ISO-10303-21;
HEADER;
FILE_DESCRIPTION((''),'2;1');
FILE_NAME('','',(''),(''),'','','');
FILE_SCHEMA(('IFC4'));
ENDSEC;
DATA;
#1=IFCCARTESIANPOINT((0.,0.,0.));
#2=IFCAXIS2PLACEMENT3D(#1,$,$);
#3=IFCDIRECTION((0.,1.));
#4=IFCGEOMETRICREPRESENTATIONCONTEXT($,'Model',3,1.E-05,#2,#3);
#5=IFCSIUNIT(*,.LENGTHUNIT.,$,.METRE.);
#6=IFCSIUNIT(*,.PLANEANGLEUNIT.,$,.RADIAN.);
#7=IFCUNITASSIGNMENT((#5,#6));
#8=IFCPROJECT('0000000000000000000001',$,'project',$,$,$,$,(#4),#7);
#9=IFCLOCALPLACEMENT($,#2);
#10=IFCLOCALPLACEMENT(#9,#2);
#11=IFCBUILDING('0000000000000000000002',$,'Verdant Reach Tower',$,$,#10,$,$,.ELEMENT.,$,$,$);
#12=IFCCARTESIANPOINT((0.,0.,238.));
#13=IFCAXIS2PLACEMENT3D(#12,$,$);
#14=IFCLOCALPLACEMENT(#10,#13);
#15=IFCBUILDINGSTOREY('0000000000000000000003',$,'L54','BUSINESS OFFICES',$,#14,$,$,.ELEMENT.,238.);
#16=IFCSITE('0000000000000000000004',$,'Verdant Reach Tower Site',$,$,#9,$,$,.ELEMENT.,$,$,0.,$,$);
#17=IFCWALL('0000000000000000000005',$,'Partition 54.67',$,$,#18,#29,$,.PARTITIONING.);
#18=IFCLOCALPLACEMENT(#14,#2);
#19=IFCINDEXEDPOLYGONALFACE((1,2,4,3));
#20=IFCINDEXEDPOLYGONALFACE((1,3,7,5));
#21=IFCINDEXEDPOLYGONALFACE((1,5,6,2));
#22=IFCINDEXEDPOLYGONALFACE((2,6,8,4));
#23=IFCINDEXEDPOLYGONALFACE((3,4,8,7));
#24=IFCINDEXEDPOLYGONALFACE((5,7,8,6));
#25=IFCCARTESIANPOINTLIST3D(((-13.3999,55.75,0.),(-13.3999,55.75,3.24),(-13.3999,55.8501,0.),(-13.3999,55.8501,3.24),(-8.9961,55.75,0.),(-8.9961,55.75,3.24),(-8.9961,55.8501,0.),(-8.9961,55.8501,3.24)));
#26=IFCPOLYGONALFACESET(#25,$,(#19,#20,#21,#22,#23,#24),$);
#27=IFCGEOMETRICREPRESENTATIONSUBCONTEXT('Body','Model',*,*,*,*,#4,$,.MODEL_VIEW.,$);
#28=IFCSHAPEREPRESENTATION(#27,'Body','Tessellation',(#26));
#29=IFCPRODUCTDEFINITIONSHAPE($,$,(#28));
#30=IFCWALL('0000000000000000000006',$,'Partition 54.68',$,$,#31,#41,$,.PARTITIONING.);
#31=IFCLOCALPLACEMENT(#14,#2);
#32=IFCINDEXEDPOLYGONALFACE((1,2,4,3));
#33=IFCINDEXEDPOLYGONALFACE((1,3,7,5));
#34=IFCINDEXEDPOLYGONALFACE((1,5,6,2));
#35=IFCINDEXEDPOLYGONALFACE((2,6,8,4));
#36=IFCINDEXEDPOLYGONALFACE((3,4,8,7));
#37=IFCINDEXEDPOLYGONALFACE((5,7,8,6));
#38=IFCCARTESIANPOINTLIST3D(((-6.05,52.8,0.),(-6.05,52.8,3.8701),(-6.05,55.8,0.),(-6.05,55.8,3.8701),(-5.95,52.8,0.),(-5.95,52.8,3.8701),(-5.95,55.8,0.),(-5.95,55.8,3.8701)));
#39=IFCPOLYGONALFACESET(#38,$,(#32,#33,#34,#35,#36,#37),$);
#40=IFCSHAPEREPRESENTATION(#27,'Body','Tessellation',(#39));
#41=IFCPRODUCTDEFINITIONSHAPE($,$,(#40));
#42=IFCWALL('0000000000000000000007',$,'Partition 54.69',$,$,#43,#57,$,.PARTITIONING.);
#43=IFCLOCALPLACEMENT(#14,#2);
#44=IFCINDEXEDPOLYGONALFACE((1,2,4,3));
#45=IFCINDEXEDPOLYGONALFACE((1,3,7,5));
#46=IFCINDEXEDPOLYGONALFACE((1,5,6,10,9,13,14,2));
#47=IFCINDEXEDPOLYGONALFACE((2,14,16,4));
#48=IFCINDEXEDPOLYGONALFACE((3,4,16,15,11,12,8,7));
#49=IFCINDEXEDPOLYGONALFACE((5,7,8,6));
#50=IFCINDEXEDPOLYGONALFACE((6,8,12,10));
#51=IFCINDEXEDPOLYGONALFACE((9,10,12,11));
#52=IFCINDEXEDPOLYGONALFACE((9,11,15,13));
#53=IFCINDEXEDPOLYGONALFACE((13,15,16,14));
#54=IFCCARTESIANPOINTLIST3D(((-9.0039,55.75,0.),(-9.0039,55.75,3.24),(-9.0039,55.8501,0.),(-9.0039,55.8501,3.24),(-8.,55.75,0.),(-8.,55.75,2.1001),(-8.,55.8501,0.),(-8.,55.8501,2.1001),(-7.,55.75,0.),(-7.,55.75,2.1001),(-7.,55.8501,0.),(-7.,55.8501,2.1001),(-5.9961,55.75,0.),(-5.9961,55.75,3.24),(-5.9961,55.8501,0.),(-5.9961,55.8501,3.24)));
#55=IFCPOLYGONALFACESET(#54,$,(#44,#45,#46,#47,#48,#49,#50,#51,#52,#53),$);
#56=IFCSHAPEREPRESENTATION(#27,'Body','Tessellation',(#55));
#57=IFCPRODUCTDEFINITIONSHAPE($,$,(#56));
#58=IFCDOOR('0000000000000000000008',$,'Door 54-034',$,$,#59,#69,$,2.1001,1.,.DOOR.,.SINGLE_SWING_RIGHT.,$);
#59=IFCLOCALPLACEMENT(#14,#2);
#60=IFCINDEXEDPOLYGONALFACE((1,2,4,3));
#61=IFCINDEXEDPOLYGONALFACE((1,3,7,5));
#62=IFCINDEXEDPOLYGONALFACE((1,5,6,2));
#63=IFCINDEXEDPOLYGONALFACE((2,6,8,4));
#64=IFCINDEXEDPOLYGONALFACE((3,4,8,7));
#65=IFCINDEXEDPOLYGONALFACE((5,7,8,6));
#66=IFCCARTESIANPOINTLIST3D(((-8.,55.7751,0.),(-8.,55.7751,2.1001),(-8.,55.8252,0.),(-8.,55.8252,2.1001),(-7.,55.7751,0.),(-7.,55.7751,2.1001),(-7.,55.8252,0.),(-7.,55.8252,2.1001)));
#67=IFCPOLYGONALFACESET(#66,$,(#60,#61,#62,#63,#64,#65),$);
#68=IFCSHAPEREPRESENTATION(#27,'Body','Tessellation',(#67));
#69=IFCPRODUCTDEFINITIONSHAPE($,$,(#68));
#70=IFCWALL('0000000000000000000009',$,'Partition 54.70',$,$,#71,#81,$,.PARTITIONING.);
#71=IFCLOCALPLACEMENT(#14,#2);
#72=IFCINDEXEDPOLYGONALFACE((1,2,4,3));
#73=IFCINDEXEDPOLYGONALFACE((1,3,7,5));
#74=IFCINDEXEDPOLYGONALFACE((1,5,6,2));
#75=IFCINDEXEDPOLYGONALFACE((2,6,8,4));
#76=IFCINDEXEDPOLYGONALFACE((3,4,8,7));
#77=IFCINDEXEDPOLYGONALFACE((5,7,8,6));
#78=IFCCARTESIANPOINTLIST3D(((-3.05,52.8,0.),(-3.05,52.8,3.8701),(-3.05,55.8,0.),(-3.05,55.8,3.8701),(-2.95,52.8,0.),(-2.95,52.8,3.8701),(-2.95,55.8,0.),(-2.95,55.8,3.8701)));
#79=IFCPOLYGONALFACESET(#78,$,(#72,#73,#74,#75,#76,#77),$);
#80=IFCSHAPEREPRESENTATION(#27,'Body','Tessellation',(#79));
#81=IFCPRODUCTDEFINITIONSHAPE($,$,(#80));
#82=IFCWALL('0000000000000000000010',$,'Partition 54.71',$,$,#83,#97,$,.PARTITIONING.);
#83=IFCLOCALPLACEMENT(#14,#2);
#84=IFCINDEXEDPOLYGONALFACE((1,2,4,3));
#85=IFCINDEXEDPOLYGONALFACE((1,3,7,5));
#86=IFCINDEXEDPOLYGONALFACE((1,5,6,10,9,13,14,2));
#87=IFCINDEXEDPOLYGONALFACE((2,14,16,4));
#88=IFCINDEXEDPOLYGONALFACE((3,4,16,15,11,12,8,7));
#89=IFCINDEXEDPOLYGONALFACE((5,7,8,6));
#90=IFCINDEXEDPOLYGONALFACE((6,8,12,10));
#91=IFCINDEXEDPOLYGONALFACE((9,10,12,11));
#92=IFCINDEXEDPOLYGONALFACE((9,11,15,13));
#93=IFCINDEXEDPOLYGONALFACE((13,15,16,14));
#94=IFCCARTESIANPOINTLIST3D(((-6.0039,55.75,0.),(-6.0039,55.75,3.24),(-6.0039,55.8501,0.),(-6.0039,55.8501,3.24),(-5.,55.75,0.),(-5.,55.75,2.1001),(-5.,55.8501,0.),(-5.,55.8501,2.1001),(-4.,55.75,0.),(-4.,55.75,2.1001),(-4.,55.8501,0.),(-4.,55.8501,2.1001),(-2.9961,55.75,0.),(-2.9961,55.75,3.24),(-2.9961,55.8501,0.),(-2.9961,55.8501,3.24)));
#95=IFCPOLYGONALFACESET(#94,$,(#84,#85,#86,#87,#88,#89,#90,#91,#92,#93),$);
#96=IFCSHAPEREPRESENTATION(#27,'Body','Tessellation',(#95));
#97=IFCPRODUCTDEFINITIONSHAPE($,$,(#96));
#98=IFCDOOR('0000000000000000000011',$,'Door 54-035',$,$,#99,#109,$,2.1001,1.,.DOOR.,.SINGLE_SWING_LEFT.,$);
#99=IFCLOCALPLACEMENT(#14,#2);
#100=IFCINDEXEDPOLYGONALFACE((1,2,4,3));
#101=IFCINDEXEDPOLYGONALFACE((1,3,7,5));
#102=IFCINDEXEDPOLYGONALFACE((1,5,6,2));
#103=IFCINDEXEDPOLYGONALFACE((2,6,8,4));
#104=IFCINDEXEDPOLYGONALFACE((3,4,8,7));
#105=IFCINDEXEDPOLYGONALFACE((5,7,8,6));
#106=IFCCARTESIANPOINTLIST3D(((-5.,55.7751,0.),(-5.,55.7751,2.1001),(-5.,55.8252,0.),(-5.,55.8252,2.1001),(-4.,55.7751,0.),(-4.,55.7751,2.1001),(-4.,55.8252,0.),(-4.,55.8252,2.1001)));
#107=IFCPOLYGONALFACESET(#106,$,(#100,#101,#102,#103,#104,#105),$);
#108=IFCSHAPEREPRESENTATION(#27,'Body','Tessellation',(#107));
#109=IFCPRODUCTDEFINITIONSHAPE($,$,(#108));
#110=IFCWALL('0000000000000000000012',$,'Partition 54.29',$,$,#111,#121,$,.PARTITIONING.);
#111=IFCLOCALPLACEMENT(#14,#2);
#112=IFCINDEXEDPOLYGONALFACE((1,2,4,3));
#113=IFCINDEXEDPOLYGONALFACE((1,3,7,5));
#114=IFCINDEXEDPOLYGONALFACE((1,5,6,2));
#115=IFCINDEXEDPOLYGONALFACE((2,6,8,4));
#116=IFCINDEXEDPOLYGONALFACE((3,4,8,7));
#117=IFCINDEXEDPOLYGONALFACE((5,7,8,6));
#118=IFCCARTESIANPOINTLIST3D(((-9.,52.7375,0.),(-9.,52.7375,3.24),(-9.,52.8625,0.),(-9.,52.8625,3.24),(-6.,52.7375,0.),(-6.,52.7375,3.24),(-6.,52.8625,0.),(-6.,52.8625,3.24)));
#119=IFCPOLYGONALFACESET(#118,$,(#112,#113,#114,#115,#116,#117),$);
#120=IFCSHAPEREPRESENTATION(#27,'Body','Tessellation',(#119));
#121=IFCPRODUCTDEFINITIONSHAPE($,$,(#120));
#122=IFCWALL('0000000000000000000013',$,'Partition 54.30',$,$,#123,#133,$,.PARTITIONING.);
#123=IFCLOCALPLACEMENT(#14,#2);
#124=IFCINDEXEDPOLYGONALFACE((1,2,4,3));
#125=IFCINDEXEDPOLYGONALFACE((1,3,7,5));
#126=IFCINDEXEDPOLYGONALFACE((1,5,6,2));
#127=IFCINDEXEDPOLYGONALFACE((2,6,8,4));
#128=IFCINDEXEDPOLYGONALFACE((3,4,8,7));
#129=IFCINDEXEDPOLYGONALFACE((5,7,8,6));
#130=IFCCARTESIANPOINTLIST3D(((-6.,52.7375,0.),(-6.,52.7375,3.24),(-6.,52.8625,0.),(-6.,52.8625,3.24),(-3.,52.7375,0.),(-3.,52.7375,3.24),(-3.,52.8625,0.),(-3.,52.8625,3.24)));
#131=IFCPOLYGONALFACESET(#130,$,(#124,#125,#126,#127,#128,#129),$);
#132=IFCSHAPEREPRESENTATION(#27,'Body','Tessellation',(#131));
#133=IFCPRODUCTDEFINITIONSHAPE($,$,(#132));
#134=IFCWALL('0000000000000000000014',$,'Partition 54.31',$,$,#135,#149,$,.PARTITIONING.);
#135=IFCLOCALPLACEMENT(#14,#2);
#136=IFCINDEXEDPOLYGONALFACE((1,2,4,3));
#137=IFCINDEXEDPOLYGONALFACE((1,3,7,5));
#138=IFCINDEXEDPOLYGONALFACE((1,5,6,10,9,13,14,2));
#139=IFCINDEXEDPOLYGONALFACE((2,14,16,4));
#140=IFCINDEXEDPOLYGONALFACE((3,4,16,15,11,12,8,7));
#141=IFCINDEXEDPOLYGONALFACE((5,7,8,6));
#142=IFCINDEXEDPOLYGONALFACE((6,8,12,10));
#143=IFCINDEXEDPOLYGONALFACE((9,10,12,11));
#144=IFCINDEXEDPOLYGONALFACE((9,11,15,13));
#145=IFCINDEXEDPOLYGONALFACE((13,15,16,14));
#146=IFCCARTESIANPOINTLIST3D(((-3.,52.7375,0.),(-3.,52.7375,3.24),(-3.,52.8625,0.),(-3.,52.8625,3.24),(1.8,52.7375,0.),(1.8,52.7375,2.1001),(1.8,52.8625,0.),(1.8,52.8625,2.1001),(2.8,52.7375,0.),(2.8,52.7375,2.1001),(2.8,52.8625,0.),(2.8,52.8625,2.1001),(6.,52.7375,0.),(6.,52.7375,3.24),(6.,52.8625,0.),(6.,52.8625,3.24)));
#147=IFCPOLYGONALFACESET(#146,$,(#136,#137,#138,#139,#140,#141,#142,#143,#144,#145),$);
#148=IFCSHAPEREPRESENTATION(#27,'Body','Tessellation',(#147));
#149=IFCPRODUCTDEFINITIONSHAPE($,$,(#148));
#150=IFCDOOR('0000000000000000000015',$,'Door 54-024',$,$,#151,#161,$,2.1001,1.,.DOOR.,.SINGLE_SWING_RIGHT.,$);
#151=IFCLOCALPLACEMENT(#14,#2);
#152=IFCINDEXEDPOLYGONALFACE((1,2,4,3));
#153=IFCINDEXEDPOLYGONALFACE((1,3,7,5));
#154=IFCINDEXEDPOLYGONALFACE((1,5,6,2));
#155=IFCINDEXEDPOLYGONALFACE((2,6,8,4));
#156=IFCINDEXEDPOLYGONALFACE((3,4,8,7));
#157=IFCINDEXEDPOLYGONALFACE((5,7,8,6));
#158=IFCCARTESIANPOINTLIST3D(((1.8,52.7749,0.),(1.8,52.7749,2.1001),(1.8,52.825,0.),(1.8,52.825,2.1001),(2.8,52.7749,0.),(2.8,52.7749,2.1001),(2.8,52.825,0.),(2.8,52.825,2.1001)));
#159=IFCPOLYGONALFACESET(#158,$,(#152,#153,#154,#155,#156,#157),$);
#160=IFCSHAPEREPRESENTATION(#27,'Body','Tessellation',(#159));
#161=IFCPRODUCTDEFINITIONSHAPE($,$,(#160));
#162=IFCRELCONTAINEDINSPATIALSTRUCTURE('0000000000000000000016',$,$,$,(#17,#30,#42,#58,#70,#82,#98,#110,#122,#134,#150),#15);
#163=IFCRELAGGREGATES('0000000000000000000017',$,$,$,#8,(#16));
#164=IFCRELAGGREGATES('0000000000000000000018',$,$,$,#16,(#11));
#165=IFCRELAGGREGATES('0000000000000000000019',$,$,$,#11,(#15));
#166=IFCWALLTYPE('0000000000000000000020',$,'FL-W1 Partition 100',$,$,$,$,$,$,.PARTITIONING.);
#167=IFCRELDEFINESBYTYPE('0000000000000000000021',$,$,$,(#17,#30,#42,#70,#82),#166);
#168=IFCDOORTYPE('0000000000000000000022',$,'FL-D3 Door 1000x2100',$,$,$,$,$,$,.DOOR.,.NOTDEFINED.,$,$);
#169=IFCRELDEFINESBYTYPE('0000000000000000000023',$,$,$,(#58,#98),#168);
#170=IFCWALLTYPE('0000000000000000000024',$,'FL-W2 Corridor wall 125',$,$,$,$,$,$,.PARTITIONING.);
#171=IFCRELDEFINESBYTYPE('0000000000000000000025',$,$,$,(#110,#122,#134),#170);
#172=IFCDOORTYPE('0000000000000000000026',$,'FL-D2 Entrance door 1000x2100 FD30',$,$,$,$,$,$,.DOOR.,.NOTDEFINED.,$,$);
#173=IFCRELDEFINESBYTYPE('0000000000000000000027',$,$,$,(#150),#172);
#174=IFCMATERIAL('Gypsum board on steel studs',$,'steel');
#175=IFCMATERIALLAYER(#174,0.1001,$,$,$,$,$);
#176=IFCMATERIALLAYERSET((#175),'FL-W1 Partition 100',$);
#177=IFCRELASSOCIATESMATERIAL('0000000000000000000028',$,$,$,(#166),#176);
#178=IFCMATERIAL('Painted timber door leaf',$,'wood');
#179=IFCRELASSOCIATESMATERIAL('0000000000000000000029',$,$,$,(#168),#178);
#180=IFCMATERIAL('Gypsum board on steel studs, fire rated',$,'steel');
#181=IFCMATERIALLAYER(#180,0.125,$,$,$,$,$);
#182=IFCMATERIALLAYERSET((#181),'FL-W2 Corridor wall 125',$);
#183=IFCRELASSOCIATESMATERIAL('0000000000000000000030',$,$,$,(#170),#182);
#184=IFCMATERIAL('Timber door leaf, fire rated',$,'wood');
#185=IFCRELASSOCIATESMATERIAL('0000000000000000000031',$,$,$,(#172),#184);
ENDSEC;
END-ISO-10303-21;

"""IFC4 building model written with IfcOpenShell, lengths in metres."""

from ifc_helpers import new_model, si_unit, direction, frame, frame_2d, origin, place, context, subcontext, project, spatial, rectangle, extrude, material, layer, layer_set, type_object, element, fill, save


model = new_model("IFC4")

# Units and contexts
model_context = context("Model", 3, precision=1e-05, world=origin(), true_north=direction((0.0, 1.0)))
body_context = subcontext(model_context, "Body", "Model", "MODEL_VIEW")
ifc_project = project(units=[si_unit("LENGTHUNIT", "METRE"), si_unit("PLANEANGLEUNIT", "RADIAN")], contexts=[model_context])

# Site, building, storey
site_placement = place(None, origin())
site = spatial("IfcSite", under=ifc_project, at=site_placement, Name="Verdant Reach Tower Site", CompositionType="ELEMENT", RefElevation=0.0)
building_placement = place(site_placement, origin())
building = spatial("IfcBuilding", under=site, at=building_placement, Name="Verdant Reach Tower", CompositionType="ELEMENT")
storey_placement = place(building_placement, frame((0.0, 0.0, 238.0)))
storey = spatial("IfcBuildingStorey", under=building, at=storey_placement, Name="L54", Description="BUSINESS OFFICES", CompositionType="ELEMENT", Elevation=238.0)

# Walls
ifc_material_1 = material(Name="Gypsum board on steel studs", Category="steel")
ifc_layer_1 = layer(ifc_material_1, 0.1001)
ifc_layer_set_1 = layer_set([ifc_layer_1], Name="FL-W1 Partition 100")
wall_type_1 = type_object("IfcWallType", Name="FL-W1 Partition 100", PredefinedType="PARTITIONING", material=ifc_layer_set_1)
wall_1_placement = place(storey_placement, frame((-8.9961, 55.8, 0.0), z_axis=(0.0, 0.0, 1.0), x_axis=(-1.0, 0.0, 0.0)))
element("IfcWall", 1, at=wall_1_placement, inside=storey, type_object=wall_type_1, Name="Partition 54.67", PredefinedType="PARTITIONING", context=body_context, shape_type="SweptSolid", body=[
    extrude(rectangle(XDim=4.4038, YDim=0.1001, at=frame_2d((2.2019, 0.0))), origin(), (0.0, 0.0, 1.0), 3.24),
])
wall_2_placement = place(storey_placement, frame((-6.0, 52.8, 0.0), z_axis=(0.0, 0.0, 1.0), x_axis=(0.0, 1.0, 0.0)))
element("IfcWall", 2, at=wall_2_placement, inside=storey, type_object=wall_type_1, Name="Partition 54.68", PredefinedType="PARTITIONING", context=body_context, shape_type="SweptSolid", body=[
    extrude(rectangle(XDim=3.0, YDim=0.1001, at=frame_2d((1.5, 0.0))), origin(), (0.0, 0.0, 1.0), 3.8701),
])

# Wall, opening, door
wall_3_placement = place(storey_placement, frame((-5.9961, 55.8, 0.0), z_axis=(0.0, 0.0, 1.0), x_axis=(-1.0, 0.0, 0.0)))
wall_3 = element("IfcWall", 3, at=wall_3_placement, inside=storey, type_object=wall_type_1, Name="Partition 54.69", PredefinedType="PARTITIONING", context=body_context, shape_type="SweptSolid", body=[
    extrude(rectangle(XDim=3.0078, YDim=0.1001, at=frame_2d((1.5039, 0.0))), origin(), (0.0, 0.0, 1.0), 3.24),
])
opening_1_placement = place(wall_3_placement, frame((1.0039, 0.0, 0.0)))
opening_1 = element("IfcOpeningElement", 4, at=opening_1_placement, cuts=wall_3, PredefinedType="OPENING", context=body_context, shape_type="SweptSolid", body=[
    extrude(rectangle(XDim=1.0, YDim=2.1001, at=frame_2d((0.5, 1.05))), frame((0.0, 0.0601, 0.0), z_axis=(0.0, -1.0, 0.0), x_axis=(1.0, 0.0, 0.0)), (0.0, 0.0, 1.0), 0.1201),
])
ifc_material_2 = material(Name="Painted timber door leaf", Category="wood")
door_type_1 = type_object("IfcDoorType", Name="FL-D3 Door 1000x2100", OperationType="NOTDEFINED", PredefinedType="DOOR", material=ifc_material_2)
door_1_placement = place(opening_1_placement, origin())
door_1 = element("IfcDoor", 5, at=door_1_placement, inside=storey, type_object=door_type_1, Name="Door 54-034", OperationType="SINGLE_SWING_RIGHT", OverallHeight=2.1001, OverallWidth=1.0, PredefinedType="DOOR", context=body_context, shape_type="SweptSolid", body=[
    extrude(rectangle(XDim=1.0, YDim=2.1001, at=frame_2d((0.5, 1.05))), frame((0.0, 0.0249, 0.0), z_axis=(0.0, -1.0, 0.0), x_axis=(1.0, 0.0, 0.0)), (0.0, 0.0, 1.0), 0.05),
])
fill(opening_1, door_1)

# Wall
wall_4_placement = place(storey_placement, frame((-3.0, 52.8, 0.0), z_axis=(0.0, 0.0, 1.0), x_axis=(0.0, 1.0, 0.0)))
element("IfcWall", 6, at=wall_4_placement, inside=storey, type_object=wall_type_1, Name="Partition 54.70", PredefinedType="PARTITIONING", context=body_context, shape_type="SweptSolid", body=[
    extrude(rectangle(XDim=3.0, YDim=0.1001, at=frame_2d((1.5, 0.0))), origin(), (0.0, 0.0, 1.0), 3.8701),
])

# Wall, opening, door
wall_5_placement = place(storey_placement, frame((-2.9961, 55.8, 0.0), z_axis=(0.0, 0.0, 1.0), x_axis=(-1.0, 0.0, 0.0)))
wall_5 = element("IfcWall", 7, at=wall_5_placement, inside=storey, type_object=wall_type_1, Name="Partition 54.71", PredefinedType="PARTITIONING", context=body_context, shape_type="SweptSolid", body=[
    extrude(rectangle(XDim=3.0078, YDim=0.1001, at=frame_2d((1.5039, 0.0))), origin(), (0.0, 0.0, 1.0), 3.24),
])
opening_2_placement = place(wall_5_placement, frame((1.0039, 0.0, 0.0)))
opening_2 = element("IfcOpeningElement", 8, at=opening_2_placement, cuts=wall_5, PredefinedType="OPENING", context=body_context, shape_type="SweptSolid", body=[
    extrude(rectangle(XDim=1.0, YDim=2.1001, at=frame_2d((0.5, 1.05))), frame((0.0, 0.0601, 0.0), z_axis=(0.0, -1.0, 0.0), x_axis=(1.0, 0.0, 0.0)), (0.0, 0.0, 1.0), 0.1201),
])
door_2_placement = place(opening_2_placement, origin())
door_2 = element("IfcDoor", 9, at=door_2_placement, inside=storey, type_object=door_type_1, Name="Door 54-035", OperationType="SINGLE_SWING_LEFT", OverallHeight=2.1001, OverallWidth=1.0, PredefinedType="DOOR", context=body_context, shape_type="SweptSolid", body=[
    extrude(rectangle(XDim=1.0, YDim=2.1001, at=frame_2d((0.5, 1.05))), frame((0.0, 0.0249, 0.0), z_axis=(0.0, -1.0, 0.0), x_axis=(1.0, 0.0, 0.0)), (0.0, 0.0, 1.0), 0.05),
])
fill(opening_2, door_2)

# Walls
ifc_material_3 = material(Name="Gypsum board on steel studs, fire rated", Category="steel")
ifc_layer_2 = layer(ifc_material_3, 0.125)
ifc_layer_set_2 = layer_set([ifc_layer_2], Name="FL-W2 Corridor wall 125")
wall_type_2 = type_object("IfcWallType", Name="FL-W2 Corridor wall 125", PredefinedType="PARTITIONING", material=ifc_layer_set_2)
for number, where, z_axis, x_axis, name in (
    (10, (-6.0, 52.8, 0.0), (0.0, 0.0, 1.0), (-1.0, 0.0, 0.0), "Partition 54.29"),
    (11, (-3.0, 52.8, 0.0), (0.0, 0.0, 1.0), (-1.0, 0.0, 0.0), "Partition 54.30"),
):
    element("IfcWall", number, at=place(storey_placement, frame(where, z_axis=z_axis, x_axis=x_axis)), inside=storey, type_object=wall_type_2, Name=name, PredefinedType="PARTITIONING", context=body_context, shape_type="SweptSolid", body=[
        extrude(rectangle(XDim=3.0, YDim=0.125, at=frame_2d((1.5, 0.0))), origin(), (0.0, 0.0, 1.0), 3.24),
    ])

# Wall, opening, door
wall_6_placement = place(storey_placement, frame((-3.0, 52.8, 0.0), z_axis=(0.0, 0.0, 1.0), x_axis=(1.0, 0.0, 0.0)))
wall_6 = element("IfcWall", 12, at=wall_6_placement, inside=storey, type_object=wall_type_2, Name="Partition 54.31", PredefinedType="PARTITIONING", context=body_context, shape_type="SweptSolid", body=[
    extrude(rectangle(XDim=9.0, YDim=0.125, at=frame_2d((4.5, 0.0))), origin(), (0.0, 0.0, 1.0), 3.24),
])
opening_3_placement = place(wall_6_placement, frame((4.8, 0.0, 0.0)))
opening_3 = element("IfcOpeningElement", 13, at=opening_3_placement, cuts=wall_6, PredefinedType="OPENING", context=body_context, shape_type="SweptSolid", body=[
    extrude(rectangle(XDim=1.0, YDim=2.1001, at=frame_2d((0.5, 1.05))), frame((0.0, 0.0725, 0.0), z_axis=(0.0, -1.0, 0.0), x_axis=(1.0, 0.0, 0.0)), (0.0, 0.0, 1.0), 0.145),
])
ifc_material_4 = material(Name="Timber door leaf, fire rated", Category="wood")
door_type_2 = type_object("IfcDoorType", Name="FL-D2 Entrance door 1000x2100 FD30", OperationType="NOTDEFINED", PredefinedType="DOOR", material=ifc_material_4)
door_3_placement = place(opening_3_placement, origin())
door_3 = element("IfcDoor", 14, at=door_3_placement, inside=storey, type_object=door_type_2, Name="Door 54-024", OperationType="SINGLE_SWING_RIGHT", OverallHeight=2.1001, OverallWidth=1.0, PredefinedType="DOOR", context=body_context, shape_type="SweptSolid", body=[
    extrude(rectangle(XDim=1.0, YDim=2.1001, at=frame_2d((0.5, 1.05))), frame((0.0, 0.0249, 0.0), z_axis=(0.0, -1.0, 0.0), x_axis=(1.0, 0.0, 0.0)), (0.0, 0.0, 1.0), 0.05),
])
fill(opening_3, door_3)

save(model, "model.ifc")
